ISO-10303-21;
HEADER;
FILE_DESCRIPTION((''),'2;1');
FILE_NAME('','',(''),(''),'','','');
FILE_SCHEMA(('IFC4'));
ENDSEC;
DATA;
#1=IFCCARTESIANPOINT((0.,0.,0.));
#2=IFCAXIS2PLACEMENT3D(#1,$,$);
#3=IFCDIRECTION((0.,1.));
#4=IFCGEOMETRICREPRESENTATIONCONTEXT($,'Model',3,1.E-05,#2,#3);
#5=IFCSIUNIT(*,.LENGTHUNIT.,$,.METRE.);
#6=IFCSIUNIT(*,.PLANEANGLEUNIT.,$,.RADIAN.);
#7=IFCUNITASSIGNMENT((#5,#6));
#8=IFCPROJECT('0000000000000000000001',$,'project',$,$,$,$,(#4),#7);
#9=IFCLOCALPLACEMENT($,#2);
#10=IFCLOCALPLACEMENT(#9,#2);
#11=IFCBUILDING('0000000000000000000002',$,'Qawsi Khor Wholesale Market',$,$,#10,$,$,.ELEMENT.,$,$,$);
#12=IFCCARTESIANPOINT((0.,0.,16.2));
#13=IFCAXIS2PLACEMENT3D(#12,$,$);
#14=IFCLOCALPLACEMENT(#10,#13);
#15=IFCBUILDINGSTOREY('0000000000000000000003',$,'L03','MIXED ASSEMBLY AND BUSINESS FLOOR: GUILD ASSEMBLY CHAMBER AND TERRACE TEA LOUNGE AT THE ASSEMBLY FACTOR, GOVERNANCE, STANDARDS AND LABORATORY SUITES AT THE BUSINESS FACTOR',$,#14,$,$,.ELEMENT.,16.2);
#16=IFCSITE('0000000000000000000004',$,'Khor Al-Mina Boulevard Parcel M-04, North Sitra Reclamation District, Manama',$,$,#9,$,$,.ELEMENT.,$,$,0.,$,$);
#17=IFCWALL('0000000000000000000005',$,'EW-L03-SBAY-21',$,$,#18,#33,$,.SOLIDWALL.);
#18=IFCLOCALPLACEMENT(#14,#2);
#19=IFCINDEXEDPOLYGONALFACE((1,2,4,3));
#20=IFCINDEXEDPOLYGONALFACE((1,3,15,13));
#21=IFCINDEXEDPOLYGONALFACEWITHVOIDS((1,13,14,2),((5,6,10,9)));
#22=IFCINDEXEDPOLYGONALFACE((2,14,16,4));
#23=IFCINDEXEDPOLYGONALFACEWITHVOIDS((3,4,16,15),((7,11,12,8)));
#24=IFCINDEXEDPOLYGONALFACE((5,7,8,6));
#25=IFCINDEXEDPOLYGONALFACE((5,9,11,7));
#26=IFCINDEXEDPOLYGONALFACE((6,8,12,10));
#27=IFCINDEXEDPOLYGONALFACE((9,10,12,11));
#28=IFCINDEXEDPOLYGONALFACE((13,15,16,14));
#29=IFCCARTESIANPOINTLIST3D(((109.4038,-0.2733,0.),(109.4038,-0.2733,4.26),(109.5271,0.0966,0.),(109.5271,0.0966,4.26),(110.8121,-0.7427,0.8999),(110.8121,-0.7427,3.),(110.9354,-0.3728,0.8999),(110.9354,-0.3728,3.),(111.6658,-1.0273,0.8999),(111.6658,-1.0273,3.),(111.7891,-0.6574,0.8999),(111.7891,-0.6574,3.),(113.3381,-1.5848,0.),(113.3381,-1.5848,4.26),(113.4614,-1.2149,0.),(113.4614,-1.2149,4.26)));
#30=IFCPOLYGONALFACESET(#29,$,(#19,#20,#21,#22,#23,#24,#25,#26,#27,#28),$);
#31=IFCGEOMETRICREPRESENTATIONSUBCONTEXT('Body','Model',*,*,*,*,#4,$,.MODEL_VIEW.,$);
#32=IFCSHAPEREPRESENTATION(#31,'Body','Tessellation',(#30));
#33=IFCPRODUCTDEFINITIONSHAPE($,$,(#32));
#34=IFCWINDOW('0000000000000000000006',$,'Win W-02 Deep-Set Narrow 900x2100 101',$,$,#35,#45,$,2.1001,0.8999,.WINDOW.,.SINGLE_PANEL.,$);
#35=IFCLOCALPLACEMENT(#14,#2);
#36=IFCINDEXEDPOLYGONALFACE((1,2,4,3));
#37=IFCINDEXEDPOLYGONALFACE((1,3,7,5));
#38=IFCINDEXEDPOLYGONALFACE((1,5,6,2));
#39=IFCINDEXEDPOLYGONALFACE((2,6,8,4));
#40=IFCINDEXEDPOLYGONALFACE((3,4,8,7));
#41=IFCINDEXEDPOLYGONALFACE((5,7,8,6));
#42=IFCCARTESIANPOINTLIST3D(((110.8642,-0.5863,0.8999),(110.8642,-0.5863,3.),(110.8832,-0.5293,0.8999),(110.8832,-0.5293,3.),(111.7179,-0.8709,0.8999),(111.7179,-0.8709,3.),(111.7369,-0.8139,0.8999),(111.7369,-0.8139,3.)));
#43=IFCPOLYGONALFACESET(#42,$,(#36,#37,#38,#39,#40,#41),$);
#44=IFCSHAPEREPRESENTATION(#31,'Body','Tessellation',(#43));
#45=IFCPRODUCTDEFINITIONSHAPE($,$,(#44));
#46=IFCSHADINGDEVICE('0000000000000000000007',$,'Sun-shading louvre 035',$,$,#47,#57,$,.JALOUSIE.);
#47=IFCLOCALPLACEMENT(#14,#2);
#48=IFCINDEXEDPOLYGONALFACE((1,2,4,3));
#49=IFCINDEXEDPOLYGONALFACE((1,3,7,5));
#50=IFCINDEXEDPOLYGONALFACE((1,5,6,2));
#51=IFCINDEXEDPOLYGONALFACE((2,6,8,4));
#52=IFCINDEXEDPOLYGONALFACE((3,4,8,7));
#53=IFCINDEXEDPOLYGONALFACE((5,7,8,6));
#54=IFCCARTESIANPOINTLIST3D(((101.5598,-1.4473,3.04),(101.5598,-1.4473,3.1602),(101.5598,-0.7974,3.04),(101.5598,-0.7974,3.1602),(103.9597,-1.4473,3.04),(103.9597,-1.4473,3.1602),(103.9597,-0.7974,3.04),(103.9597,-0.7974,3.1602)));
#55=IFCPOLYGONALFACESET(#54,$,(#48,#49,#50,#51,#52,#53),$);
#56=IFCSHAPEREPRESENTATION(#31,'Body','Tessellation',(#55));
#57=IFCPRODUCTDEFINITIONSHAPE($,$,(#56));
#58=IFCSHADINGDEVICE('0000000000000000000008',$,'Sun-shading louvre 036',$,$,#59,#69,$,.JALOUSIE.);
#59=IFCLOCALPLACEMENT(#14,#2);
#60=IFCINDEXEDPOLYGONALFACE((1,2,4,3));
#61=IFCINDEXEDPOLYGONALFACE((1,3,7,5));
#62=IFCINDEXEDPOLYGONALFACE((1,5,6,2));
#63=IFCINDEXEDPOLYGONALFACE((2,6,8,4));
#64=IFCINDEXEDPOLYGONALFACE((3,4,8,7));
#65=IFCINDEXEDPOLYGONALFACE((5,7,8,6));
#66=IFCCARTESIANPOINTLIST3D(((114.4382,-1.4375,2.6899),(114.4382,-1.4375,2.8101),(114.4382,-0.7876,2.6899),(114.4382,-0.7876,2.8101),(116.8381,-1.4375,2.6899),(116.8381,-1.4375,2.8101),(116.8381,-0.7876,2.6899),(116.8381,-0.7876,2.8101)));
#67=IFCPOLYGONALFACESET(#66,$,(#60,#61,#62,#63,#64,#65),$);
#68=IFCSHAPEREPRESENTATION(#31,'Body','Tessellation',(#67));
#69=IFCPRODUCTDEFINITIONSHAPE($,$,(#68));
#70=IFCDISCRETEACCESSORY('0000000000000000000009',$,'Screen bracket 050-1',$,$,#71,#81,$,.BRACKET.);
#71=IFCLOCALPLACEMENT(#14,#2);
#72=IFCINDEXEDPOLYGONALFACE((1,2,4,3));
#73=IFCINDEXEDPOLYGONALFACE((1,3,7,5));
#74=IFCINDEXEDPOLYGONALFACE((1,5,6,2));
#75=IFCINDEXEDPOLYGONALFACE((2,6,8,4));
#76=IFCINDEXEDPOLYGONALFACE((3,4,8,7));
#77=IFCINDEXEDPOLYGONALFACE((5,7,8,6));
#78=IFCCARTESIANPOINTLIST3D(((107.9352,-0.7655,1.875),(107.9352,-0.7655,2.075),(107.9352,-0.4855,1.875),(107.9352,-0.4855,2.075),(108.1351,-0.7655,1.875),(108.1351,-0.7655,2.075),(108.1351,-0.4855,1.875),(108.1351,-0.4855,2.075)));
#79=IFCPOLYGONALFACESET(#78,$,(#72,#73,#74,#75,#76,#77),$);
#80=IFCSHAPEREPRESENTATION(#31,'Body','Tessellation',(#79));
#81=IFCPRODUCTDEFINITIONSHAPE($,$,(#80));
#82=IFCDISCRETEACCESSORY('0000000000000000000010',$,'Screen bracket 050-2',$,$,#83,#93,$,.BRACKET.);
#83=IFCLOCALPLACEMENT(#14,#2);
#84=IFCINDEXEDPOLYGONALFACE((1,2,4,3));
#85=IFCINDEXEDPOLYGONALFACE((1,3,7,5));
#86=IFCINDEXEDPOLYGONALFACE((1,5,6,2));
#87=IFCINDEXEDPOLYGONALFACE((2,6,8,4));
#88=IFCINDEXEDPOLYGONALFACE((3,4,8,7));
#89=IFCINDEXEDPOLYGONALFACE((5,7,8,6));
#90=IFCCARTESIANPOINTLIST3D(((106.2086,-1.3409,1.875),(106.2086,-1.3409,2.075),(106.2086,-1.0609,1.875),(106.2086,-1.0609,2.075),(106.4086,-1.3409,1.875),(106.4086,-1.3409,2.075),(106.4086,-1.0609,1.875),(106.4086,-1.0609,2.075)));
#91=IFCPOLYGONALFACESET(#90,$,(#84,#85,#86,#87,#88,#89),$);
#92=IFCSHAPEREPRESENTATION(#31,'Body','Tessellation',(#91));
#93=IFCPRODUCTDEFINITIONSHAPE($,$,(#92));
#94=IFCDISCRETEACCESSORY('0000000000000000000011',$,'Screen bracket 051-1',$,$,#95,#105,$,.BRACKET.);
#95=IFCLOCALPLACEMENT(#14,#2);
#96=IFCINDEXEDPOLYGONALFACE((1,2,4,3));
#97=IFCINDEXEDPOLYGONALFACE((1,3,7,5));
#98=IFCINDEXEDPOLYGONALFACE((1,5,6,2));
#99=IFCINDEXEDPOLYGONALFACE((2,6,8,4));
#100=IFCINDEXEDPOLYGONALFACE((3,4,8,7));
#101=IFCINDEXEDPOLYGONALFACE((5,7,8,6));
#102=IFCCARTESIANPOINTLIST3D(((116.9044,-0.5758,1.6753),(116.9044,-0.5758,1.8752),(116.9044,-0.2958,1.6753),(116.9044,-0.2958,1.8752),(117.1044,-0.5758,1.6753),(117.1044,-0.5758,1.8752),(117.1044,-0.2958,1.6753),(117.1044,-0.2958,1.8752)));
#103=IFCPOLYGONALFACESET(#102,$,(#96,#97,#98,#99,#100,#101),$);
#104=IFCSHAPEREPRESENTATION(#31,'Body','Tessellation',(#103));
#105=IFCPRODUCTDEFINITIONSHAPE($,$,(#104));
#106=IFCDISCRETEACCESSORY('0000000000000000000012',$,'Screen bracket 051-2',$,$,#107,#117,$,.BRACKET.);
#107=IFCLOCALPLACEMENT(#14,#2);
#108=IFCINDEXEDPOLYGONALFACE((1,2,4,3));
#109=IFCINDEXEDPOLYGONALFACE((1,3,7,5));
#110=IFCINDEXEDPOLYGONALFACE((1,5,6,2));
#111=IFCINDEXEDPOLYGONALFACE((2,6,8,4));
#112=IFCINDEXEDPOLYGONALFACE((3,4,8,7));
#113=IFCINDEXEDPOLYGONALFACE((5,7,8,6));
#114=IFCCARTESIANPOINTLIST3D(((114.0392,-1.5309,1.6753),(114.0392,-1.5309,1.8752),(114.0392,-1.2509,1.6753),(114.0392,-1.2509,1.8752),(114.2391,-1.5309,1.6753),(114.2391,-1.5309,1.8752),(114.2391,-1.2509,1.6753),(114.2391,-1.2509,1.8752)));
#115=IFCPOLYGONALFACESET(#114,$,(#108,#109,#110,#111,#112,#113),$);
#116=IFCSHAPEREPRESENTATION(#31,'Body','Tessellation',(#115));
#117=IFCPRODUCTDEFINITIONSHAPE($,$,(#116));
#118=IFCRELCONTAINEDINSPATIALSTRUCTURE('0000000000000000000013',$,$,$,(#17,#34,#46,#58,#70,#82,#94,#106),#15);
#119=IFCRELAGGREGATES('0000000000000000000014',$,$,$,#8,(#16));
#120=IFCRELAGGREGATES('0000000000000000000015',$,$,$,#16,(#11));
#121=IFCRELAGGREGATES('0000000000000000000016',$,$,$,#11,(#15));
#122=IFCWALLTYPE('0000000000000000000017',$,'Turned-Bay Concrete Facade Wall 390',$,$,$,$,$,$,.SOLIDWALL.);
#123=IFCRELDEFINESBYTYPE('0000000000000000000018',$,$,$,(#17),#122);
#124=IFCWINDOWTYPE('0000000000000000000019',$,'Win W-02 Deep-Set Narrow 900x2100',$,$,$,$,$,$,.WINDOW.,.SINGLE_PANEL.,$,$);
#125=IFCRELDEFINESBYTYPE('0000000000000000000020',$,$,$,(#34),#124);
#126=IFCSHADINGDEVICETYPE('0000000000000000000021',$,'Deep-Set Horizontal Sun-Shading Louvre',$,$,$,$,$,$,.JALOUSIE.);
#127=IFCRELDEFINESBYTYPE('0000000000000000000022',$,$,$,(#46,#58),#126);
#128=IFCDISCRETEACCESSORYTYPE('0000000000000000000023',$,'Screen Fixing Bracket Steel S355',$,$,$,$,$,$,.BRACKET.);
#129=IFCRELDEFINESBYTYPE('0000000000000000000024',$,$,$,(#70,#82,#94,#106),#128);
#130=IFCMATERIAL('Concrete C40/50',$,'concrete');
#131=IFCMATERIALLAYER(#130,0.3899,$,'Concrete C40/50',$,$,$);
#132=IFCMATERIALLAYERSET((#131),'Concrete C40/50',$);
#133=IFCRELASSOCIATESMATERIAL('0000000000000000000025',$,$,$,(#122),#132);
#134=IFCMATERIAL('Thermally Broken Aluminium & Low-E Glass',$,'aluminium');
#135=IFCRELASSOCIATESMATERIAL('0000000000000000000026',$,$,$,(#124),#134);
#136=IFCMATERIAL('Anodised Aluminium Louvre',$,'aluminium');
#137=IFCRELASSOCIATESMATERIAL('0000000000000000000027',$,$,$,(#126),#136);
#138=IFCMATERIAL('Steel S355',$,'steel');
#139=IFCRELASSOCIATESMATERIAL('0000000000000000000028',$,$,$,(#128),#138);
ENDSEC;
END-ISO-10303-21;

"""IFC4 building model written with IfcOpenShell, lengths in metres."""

from ifc_helpers import new_model, si_unit, direction, frame, frame_2d, origin, origin_2d, place, context, subcontext, project, spatial, rectangle, extrude, material, layer, layer_set, type_object, element, fill, save


model = new_model("IFC4")

# Units and contexts
model_context = context("Model", 3, precision=1e-05, world=origin(), true_north=direction((0.0, 1.0)))
body_context = subcontext(model_context, "Body", "Model", "MODEL_VIEW")
ifc_project = project(units=[si_unit("LENGTHUNIT", "METRE"), si_unit("PLANEANGLEUNIT", "RADIAN")], contexts=[model_context])

# Site, building, storey
site_placement = place(None, origin())
site = spatial("IfcSite", under=ifc_project, at=site_placement, Name="Khor Al-Mina Boulevard Parcel M-04, North Sitra Reclamation District, Manama", CompositionType="ELEMENT", RefElevation=0.0)
building_placement = place(site_placement, origin())
building = spatial("IfcBuilding", under=site, at=building_placement, Name="Qawsi Khor Wholesale Market", CompositionType="ELEMENT")
storey_placement = place(building_placement, frame((0.0, 0.0, 16.2)))
storey = spatial("IfcBuildingStorey", under=building, at=storey_placement, Name="L03", Description="MIXED ASSEMBLY AND BUSINESS FLOOR: GUILD ASSEMBLY CHAMBER AND TERRACE TEA LOUNGE AT THE ASSEMBLY FACTOR, GOVERNANCE, STANDARDS AND LABORATORY SUITES AT THE BUSINESS FACTOR", CompositionType="ELEMENT", Elevation=16.2)

# Shared definitions
ifc_material_1 = material(Name="Concrete C40/50", Category="concrete")

# Shared definitions
ifc_material_2 = material(Name="Steel S355", Category="steel")

# Wall, opening, window
ifc_material_3 = material(Name="Thermally Broken Aluminium & Low-E Glass", Category="aluminium")
ifc_layer_1 = layer(ifc_material_1, 0.3899, Name="Concrete C40/50")
ifc_layer_set_1 = layer_set([ifc_layer_1], Name="Concrete C40/50")
wall_type_1 = type_object("IfcWallType", Name="Turned-Bay Concrete Facade Wall 390", PredefinedType="SOLIDWALL", material=ifc_layer_set_1)
window_type_1 = type_object("IfcWindowType", Name="Win W-02 Deep-Set Narrow 900x2100", PartitioningType="SINGLE_PANEL", PredefinedType="WINDOW", material=ifc_material_3)
wall_1_placement = place(storey_placement, frame((113.3999, -1.3999, 0.0), z_axis=(0.0, 0.0, 1.0), x_axis=(-0.948677, 0.316245, 0.0)))
wall_1 = element("IfcWall", 1, at=wall_1_placement, inside=storey, type_object=wall_type_1, Name="EW-L03-SBAY-21", PredefinedType="SOLIDWALL", context=body_context, shape_type="SweptSolid", body=[
    extrude(rectangle(XDim=4.1472, YDim=0.3899, at=frame_2d((2.0737, 0.0))), origin(), (0.0, 0.0, 1.0), 4.26),
])
opening_1_placement = place(wall_1_placement, frame((1.7629, 0.0, 0.8999)))
opening_1 = element("IfcOpeningElement", 2, at=opening_1_placement, cuts=wall_1, PredefinedType="OPENING", context=body_context, shape_type="SweptSolid", body=[
    extrude(rectangle(XDim=0.8999, YDim=2.1001, at=frame_2d((0.45, 1.05))), frame((0.0, 0.2048, 0.0), z_axis=(0.0, -1.0, 0.0), x_axis=(1.0, 0.0, 0.0)), (0.0, 0.0, 1.0), 0.4099),
])
window_1_placement = place(opening_1_placement, origin())
window_1 = element("IfcWindow", 3, at=window_1_placement, inside=storey, type_object=window_type_1, Name="Win W-02 Deep-Set Narrow 900x2100 101", OverallHeight=2.1001, OverallWidth=0.8999, PartitioningType="SINGLE_PANEL", PredefinedType="WINDOW", context=body_context, shape_type="SweptSolid", body=[
    extrude(rectangle(XDim=0.8999, YDim=2.1001, at=frame_2d((0.45, 1.05))), frame((0.0, 0.03, 0.0), z_axis=(0.0, -1.0, 0.0), x_axis=(1.0, 0.0, 0.0)), (0.0, 0.0, 1.0), 0.0601),
])
fill(opening_1, window_1)

# Shading devices
ifc_material_4 = material(Name="Anodised Aluminium Louvre", Category="aluminium")
shading_device_type = type_object("IfcShadingDeviceType", Name="Deep-Set Horizontal Sun-Shading Louvre", PredefinedType="JALOUSIE", material=ifc_material_4)
for number, where, z_axis, x_axis, name in (
    (4, (102.7598, -1.1223, 3.04), (0.0, 0.0, 1.0), (1.0, 0.0, 0.0), "Sun-shading louvre 035"),
    (5, (115.6382, -1.1125, 2.6899), (0.0, 0.0, 1.0), (1.0, 0.0, 0.0), "Sun-shading louvre 036"),
):
    element("IfcShadingDevice", number, at=place(storey_placement, frame(where, z_axis=z_axis, x_axis=x_axis)), inside=storey, type_object=shading_device_type, Name=name, PredefinedType="JALOUSIE", context=body_context, shape_type="SweptSolid", body=[
        extrude(rectangle(XDim=2.3999, YDim=0.6499, at=origin_2d()), origin(), (0.0, 0.0, 1.0), 0.1201),
    ])

# Discrete accessories
discrete_accessory_type = type_object("IfcDiscreteAccessoryType", Name="Screen Fixing Bracket Steel S355", PredefinedType="BRACKET", material=ifc_material_2)
for number, where, z_axis, x_axis, name in (
    (6, (108.0352, -0.6255, 1.875), (0.0, 0.0, 1.0), (1.0, 0.0, 0.0), "Screen bracket 050-1"),
    (7, (106.3086, -1.2009, 1.875), (0.0, 0.0, 1.0), (1.0, 0.0, 0.0), "Screen bracket 050-2"),
    (8, (117.0044, -0.4358, 1.6753), (0.0, 0.0, 1.0), (1.0, 0.0, 0.0), "Screen bracket 051-1"),
    (9, (114.1392, -1.3909, 1.6753), (0.0, 0.0, 1.0), (1.0, 0.0, 0.0), "Screen bracket 051-2"),
):
    element("IfcDiscreteAccessory", number, at=place(storey_placement, frame(where, z_axis=z_axis, x_axis=x_axis)), inside=storey, type_object=discrete_accessory_type, Name=name, PredefinedType="BRACKET", context=body_context, shape_type="SweptSolid", body=[
        extrude(rectangle(XDim=0.2, YDim=0.28, at=origin_2d()), origin(), (0.0, 0.0, 1.0), 0.2),
    ])

save(model, "model.ifc")
